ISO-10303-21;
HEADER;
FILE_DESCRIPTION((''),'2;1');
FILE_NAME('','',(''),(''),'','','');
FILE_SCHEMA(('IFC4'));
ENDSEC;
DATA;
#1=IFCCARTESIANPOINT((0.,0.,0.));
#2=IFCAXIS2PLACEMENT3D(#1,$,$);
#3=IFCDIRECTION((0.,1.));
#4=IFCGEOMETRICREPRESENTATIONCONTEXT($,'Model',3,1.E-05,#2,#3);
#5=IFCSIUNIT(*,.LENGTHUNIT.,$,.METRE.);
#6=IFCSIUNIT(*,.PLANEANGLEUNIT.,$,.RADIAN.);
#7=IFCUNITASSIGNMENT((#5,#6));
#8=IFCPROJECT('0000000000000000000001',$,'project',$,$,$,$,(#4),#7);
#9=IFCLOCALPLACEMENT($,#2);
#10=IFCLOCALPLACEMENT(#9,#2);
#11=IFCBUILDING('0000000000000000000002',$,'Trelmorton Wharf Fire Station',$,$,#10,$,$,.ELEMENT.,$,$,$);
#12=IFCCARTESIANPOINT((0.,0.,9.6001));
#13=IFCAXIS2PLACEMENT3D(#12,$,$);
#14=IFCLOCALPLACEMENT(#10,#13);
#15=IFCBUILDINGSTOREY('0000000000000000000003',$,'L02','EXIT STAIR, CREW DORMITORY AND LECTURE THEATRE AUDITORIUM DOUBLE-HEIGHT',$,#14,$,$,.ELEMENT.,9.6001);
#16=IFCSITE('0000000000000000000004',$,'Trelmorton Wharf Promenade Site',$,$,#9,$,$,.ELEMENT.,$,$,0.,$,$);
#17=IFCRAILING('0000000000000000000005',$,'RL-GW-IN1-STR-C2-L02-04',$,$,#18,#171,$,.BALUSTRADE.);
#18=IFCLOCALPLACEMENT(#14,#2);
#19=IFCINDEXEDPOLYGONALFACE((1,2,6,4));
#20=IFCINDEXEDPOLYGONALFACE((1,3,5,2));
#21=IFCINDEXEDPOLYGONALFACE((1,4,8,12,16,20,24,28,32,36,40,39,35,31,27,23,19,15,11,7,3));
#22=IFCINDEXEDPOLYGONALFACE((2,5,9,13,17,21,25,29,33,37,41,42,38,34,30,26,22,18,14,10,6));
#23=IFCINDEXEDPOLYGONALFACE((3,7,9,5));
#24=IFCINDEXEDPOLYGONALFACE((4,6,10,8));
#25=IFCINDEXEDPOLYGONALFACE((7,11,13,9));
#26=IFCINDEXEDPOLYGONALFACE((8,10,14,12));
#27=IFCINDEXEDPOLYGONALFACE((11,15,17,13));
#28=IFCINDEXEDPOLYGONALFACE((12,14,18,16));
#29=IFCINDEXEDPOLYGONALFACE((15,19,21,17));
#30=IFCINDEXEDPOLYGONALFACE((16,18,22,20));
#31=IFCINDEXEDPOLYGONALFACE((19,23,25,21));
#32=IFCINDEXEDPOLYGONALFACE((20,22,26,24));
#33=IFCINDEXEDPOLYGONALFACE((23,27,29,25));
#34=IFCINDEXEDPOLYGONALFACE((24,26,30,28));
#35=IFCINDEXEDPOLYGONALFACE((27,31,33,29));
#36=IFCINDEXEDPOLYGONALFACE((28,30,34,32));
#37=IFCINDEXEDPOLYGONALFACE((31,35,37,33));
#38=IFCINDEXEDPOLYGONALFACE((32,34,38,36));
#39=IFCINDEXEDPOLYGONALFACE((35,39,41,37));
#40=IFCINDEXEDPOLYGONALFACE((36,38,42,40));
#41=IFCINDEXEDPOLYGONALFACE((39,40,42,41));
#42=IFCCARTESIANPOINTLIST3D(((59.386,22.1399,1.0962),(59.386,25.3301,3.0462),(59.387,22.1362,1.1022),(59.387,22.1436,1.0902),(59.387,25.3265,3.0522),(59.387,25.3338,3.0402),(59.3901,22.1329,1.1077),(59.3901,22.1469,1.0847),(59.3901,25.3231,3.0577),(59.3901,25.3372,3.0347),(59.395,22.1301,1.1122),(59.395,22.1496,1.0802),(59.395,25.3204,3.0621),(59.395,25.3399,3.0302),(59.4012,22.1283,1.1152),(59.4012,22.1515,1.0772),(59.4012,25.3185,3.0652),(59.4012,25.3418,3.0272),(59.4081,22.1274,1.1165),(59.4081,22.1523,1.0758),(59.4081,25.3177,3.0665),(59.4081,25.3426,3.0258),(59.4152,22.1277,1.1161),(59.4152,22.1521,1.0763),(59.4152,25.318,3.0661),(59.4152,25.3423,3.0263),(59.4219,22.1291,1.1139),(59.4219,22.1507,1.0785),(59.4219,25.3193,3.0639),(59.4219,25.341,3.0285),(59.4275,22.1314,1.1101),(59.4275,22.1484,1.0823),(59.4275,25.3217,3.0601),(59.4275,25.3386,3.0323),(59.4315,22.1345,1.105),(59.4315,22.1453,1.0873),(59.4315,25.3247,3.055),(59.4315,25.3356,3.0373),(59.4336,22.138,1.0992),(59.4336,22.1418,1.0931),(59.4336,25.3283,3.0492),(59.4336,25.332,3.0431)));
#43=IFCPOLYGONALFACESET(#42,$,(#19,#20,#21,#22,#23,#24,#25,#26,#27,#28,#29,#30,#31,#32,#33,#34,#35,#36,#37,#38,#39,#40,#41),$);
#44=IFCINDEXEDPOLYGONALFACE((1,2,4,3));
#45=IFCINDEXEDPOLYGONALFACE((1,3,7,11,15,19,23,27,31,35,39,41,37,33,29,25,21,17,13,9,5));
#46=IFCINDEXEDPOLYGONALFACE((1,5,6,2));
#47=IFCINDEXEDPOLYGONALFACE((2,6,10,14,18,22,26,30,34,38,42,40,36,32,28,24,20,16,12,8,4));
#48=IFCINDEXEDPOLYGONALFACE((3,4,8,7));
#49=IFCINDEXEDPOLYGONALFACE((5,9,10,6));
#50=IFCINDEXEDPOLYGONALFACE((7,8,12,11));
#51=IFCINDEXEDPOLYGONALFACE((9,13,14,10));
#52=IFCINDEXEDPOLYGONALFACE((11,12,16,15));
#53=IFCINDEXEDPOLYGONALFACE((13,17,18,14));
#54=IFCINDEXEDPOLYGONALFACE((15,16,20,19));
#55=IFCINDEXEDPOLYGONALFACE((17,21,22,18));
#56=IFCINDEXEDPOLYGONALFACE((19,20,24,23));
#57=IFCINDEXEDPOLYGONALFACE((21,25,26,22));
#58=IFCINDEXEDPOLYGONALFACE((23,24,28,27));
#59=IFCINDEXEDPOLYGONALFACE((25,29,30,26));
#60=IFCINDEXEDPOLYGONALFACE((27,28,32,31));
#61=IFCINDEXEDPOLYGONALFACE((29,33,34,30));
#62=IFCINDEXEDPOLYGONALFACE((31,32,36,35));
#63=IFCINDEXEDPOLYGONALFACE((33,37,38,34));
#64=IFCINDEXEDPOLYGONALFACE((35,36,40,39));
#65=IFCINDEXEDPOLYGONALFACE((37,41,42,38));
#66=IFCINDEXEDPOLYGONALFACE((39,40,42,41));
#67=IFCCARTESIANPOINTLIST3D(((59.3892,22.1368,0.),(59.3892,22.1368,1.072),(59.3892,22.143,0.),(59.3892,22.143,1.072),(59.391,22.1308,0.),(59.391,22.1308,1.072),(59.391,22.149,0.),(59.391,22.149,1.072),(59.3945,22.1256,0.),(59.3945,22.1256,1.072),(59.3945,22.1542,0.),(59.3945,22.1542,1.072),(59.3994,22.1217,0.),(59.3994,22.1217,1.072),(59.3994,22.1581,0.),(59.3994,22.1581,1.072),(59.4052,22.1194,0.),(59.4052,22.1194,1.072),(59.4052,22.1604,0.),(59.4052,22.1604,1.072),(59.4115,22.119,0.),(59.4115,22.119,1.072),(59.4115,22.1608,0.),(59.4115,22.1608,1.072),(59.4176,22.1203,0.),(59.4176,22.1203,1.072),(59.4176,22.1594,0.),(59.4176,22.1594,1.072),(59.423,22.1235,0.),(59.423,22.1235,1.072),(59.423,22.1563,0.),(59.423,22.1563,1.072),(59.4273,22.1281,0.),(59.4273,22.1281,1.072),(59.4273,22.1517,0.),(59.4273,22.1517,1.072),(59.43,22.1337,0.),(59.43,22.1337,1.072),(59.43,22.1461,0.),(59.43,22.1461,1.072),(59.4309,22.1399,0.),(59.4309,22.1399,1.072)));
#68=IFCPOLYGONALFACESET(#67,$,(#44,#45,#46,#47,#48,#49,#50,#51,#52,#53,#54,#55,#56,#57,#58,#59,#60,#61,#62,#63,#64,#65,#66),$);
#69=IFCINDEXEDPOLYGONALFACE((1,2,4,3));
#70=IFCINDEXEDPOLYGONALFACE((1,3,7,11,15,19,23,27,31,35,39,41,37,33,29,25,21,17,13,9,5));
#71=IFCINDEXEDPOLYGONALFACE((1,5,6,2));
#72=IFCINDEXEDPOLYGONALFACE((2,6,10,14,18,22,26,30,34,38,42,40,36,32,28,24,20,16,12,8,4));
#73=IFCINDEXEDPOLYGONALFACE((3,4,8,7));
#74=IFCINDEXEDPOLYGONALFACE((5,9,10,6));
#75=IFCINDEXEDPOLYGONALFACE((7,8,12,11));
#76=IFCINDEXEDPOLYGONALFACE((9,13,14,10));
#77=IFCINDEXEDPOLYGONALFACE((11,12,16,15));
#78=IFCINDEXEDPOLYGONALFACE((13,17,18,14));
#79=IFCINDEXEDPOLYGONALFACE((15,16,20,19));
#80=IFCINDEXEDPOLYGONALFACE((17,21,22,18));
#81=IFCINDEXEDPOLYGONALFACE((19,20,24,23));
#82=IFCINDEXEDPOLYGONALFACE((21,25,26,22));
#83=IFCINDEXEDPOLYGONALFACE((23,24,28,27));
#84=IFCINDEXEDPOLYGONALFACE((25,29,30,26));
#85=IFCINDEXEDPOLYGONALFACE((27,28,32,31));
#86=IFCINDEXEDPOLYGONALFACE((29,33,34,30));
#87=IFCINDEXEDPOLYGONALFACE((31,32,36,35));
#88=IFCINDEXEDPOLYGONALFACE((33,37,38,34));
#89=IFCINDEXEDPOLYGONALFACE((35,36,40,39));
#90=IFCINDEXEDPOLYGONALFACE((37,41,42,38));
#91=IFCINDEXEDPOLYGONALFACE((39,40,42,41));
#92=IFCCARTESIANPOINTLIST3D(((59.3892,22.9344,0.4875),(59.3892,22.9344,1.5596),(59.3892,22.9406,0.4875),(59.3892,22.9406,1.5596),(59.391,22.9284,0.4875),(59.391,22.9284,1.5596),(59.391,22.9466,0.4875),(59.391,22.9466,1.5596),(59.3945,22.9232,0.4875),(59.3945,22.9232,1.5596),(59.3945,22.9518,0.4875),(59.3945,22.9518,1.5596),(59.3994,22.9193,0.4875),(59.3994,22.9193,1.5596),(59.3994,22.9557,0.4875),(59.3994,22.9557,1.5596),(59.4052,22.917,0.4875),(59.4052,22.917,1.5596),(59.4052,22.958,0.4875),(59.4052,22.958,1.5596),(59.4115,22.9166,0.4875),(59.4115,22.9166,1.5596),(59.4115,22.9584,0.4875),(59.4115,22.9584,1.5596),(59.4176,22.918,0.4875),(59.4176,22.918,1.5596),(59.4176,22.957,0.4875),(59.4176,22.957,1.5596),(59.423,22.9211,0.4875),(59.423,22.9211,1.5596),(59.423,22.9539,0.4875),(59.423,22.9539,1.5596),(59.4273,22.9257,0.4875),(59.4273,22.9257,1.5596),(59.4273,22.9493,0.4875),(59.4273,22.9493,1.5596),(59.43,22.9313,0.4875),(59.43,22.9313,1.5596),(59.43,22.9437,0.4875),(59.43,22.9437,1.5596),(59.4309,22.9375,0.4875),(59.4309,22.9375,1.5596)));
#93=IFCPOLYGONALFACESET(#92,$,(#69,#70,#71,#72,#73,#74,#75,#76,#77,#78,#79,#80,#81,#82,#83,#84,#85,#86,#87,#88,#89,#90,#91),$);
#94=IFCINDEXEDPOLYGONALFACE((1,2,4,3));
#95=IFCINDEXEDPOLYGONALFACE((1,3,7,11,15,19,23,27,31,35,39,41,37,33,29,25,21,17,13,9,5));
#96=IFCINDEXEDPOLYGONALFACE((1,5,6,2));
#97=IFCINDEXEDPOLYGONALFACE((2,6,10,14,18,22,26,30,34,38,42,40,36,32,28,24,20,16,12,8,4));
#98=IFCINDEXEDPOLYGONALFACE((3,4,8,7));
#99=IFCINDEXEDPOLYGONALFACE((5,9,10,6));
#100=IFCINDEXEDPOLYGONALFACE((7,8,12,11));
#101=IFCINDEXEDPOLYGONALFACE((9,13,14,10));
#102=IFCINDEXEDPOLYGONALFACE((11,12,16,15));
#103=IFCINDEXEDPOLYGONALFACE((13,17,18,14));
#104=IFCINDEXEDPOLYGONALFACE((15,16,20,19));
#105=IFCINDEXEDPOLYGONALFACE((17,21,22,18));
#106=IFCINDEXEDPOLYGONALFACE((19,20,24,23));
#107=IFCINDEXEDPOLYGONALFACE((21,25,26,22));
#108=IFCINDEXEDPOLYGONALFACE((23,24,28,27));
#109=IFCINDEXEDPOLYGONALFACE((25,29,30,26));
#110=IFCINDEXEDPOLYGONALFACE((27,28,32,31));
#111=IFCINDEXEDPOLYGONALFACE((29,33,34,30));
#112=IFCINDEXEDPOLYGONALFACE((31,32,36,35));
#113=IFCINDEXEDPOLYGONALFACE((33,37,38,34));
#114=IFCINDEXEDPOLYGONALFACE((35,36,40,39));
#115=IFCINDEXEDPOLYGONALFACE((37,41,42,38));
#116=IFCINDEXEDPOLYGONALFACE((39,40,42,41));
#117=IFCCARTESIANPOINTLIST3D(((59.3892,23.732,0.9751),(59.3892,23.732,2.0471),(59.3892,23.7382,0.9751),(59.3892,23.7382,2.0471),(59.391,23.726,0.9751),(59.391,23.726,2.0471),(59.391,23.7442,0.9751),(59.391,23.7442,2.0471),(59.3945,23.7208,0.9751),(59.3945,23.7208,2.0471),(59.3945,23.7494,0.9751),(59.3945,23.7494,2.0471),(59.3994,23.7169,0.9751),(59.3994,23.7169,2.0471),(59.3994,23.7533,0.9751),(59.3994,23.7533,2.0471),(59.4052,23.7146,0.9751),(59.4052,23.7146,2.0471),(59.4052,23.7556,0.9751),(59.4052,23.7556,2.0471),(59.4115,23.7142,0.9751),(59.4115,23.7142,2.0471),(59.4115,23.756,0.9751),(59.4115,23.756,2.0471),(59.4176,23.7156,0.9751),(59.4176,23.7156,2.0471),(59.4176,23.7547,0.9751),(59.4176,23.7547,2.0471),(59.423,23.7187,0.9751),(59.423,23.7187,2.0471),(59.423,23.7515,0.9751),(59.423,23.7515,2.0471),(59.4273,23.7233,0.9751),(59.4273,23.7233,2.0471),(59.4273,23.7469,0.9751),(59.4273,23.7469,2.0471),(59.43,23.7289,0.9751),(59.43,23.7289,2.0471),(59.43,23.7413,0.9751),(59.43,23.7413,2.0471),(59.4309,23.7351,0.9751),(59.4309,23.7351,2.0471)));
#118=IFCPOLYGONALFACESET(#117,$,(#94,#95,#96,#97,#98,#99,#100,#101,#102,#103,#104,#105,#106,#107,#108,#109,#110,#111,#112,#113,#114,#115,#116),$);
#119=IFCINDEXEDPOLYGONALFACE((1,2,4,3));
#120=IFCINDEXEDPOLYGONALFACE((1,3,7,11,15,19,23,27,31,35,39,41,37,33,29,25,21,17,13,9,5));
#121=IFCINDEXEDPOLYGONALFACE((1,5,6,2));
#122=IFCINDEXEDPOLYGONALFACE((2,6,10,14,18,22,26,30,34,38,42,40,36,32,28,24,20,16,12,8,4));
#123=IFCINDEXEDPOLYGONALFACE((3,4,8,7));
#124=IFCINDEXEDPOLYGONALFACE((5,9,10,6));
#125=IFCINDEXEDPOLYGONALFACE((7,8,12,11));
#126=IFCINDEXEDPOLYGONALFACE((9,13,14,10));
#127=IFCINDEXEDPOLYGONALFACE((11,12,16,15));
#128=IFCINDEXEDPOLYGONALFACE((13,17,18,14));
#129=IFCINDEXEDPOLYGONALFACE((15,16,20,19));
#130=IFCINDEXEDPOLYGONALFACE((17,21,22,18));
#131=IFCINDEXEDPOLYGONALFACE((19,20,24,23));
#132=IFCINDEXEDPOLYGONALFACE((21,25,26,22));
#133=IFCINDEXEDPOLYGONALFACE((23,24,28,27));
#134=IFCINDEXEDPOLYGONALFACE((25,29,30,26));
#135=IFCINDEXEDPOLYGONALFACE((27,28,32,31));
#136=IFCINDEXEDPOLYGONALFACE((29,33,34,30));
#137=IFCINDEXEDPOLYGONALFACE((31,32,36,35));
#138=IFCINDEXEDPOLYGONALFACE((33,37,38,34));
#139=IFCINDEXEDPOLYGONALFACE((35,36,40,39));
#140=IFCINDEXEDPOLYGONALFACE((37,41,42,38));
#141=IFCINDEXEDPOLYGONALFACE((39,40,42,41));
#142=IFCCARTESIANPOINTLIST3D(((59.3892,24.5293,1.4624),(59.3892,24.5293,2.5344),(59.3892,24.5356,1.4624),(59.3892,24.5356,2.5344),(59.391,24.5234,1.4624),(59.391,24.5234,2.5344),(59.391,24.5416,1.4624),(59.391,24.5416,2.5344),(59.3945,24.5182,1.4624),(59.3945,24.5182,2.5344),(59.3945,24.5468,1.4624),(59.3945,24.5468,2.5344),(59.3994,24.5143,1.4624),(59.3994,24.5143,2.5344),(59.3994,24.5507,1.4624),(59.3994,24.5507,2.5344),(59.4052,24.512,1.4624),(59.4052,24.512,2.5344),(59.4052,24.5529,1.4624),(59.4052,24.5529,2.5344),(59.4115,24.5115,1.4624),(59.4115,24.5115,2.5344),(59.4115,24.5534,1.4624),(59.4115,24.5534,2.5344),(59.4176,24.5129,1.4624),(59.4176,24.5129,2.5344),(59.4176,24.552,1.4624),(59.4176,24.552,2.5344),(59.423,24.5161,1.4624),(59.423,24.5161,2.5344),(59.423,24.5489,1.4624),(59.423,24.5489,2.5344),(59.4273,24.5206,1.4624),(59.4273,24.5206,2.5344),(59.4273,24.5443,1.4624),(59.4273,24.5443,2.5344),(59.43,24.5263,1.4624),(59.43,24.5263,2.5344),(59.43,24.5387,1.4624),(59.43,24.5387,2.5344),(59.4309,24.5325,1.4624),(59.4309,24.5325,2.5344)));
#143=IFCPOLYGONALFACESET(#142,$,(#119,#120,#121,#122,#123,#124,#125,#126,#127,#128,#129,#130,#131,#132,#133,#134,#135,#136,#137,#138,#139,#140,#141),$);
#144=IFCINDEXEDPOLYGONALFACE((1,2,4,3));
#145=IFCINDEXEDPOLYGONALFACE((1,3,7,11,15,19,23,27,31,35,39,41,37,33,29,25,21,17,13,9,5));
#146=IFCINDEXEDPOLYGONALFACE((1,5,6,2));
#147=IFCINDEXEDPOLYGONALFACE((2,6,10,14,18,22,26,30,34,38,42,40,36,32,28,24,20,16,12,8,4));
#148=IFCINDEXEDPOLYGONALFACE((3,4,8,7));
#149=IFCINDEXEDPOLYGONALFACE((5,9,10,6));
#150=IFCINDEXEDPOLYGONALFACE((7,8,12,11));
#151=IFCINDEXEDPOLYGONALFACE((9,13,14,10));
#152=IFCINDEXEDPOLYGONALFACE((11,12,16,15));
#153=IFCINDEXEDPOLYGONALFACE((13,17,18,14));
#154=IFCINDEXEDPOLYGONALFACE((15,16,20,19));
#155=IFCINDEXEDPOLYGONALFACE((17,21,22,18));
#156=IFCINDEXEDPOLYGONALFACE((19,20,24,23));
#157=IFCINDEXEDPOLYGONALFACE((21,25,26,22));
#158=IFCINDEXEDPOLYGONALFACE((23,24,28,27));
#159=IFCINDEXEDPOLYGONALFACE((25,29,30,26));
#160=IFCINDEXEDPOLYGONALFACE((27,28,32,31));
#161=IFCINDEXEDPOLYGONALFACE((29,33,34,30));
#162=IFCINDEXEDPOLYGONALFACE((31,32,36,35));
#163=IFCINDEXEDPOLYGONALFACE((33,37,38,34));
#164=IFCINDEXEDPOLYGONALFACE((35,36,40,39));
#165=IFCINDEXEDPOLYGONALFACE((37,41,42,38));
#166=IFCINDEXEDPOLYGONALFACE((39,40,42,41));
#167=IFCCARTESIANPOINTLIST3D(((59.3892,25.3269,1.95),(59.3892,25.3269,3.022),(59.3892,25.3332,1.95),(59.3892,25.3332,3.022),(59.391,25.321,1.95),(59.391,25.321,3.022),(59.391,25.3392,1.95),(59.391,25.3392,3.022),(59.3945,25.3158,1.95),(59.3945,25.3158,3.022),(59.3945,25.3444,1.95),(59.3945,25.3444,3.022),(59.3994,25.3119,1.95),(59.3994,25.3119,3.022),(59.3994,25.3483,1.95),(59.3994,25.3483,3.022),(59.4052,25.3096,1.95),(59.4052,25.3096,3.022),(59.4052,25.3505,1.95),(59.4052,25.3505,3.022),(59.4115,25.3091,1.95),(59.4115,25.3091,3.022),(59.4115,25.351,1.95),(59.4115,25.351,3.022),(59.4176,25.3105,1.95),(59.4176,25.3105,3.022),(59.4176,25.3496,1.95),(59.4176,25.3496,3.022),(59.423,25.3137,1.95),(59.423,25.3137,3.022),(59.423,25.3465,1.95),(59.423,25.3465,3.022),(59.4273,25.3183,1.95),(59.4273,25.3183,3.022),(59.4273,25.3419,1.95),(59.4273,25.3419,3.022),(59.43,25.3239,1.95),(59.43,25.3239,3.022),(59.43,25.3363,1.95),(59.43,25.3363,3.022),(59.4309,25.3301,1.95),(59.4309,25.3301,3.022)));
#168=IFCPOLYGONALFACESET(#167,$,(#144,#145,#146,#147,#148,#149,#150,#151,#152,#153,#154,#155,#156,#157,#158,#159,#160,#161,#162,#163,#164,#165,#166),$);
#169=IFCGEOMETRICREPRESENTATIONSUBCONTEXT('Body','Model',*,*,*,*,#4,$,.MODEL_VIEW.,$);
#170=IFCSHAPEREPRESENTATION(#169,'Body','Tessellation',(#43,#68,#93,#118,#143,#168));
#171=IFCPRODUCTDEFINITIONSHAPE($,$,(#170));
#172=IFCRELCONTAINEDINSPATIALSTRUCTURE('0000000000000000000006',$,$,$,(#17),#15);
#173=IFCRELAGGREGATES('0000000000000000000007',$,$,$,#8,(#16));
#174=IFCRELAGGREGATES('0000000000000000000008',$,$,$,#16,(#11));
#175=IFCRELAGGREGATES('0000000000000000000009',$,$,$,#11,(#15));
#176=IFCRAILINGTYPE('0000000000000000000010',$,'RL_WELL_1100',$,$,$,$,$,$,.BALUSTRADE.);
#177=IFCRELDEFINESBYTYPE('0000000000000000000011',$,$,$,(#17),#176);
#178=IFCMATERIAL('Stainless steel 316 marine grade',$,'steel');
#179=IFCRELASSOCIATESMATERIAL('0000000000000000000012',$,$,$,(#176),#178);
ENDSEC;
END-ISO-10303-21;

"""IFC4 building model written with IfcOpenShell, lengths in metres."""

from ifc_helpers import new_model, si_unit, direction, frame, origin, origin_2d, place, context, subcontext, project, spatial, circle, extrude, material, type_object, element, save


model = new_model("IFC4")

# Units and contexts
model_context = context("Model", 3, precision=1e-05, world=origin(), true_north=direction((0.0, 1.0)))
body_context = subcontext(model_context, "Body", "Model", "MODEL_VIEW")
ifc_project = project(units=[si_unit("LENGTHUNIT", "METRE"), si_unit("PLANEANGLEUNIT", "RADIAN")], contexts=[model_context])

# Site, building, storey
site_placement = place(None, origin())
site = spatial("IfcSite", under=ifc_project, at=site_placement, Name="Trelmorton Wharf Promenade Site", CompositionType="ELEMENT", RefElevation=0.0)
building_placement = place(site_placement, origin())
building = spatial("IfcBuilding", under=site, at=building_placement, Name="Trelmorton Wharf Fire Station", CompositionType="ELEMENT")
storey_placement = place(building_placement, frame((0.0, 0.0, 9.6001)))
storey = spatial("IfcBuildingStorey", under=building, at=storey_placement, Name="L02", Description="EXIT STAIR, CREW DORMITORY AND LECTURE THEATRE AUDITORIUM DOUBLE-HEIGHT", CompositionType="ELEMENT", Elevation=9.6001)

# Shared definitions
ifc_material_1 = material(Name="Stainless steel 316 marine grade", Category="steel")

# Railing
railing_type_1 = type_object("IfcRailingType", Name="RL_WELL_1100", PredefinedType="BALUSTRADE", material=ifc_material_1)
railing_1_placement = place(storey_placement, frame((59.4099, 22.1399, 0.0)))
element("IfcRailing", 1, at=railing_1_placement, inside=storey, type_object=railing_type_1, Name="RL-GW-IN1-STR-C2-L02-04", PredefinedType="BALUSTRADE", context=body_context, shape_type="SweptSolid", body=[
    extrude(circle(Radius=0.0239, at=origin_2d()), frame((0.0, 0.0, 1.0962), z_axis=(0.0, 0.853235, 0.521527), x_axis=(-1.0, 0.0, 0.0)), (0.0, 0.0, 1.0), 3.739),
    extrude(circle(Radius=0.021, at=origin_2d()), origin(), (0.0, 0.0, 1.0), 1.072),
    extrude(circle(Radius=0.021, at=origin_2d()), frame((0.0, 0.7976, 0.4875)), (0.0, 0.0, 1.0), 1.072),
    extrude(circle(Radius=0.021, at=origin_2d()), frame((0.0, 1.5952, 0.9751)), (0.0, 0.0, 1.0), 1.072),
    extrude(circle(Radius=0.021, at=origin_2d()), frame((0.0, 2.3926, 1.4624)), (0.0, 0.0, 1.0), 1.072),
    extrude(circle(Radius=0.021, at=origin_2d()), frame((0.0, 3.1902, 1.95)), (0.0, 0.0, 1.0), 1.072),
])

save(model, "model.ifc")
